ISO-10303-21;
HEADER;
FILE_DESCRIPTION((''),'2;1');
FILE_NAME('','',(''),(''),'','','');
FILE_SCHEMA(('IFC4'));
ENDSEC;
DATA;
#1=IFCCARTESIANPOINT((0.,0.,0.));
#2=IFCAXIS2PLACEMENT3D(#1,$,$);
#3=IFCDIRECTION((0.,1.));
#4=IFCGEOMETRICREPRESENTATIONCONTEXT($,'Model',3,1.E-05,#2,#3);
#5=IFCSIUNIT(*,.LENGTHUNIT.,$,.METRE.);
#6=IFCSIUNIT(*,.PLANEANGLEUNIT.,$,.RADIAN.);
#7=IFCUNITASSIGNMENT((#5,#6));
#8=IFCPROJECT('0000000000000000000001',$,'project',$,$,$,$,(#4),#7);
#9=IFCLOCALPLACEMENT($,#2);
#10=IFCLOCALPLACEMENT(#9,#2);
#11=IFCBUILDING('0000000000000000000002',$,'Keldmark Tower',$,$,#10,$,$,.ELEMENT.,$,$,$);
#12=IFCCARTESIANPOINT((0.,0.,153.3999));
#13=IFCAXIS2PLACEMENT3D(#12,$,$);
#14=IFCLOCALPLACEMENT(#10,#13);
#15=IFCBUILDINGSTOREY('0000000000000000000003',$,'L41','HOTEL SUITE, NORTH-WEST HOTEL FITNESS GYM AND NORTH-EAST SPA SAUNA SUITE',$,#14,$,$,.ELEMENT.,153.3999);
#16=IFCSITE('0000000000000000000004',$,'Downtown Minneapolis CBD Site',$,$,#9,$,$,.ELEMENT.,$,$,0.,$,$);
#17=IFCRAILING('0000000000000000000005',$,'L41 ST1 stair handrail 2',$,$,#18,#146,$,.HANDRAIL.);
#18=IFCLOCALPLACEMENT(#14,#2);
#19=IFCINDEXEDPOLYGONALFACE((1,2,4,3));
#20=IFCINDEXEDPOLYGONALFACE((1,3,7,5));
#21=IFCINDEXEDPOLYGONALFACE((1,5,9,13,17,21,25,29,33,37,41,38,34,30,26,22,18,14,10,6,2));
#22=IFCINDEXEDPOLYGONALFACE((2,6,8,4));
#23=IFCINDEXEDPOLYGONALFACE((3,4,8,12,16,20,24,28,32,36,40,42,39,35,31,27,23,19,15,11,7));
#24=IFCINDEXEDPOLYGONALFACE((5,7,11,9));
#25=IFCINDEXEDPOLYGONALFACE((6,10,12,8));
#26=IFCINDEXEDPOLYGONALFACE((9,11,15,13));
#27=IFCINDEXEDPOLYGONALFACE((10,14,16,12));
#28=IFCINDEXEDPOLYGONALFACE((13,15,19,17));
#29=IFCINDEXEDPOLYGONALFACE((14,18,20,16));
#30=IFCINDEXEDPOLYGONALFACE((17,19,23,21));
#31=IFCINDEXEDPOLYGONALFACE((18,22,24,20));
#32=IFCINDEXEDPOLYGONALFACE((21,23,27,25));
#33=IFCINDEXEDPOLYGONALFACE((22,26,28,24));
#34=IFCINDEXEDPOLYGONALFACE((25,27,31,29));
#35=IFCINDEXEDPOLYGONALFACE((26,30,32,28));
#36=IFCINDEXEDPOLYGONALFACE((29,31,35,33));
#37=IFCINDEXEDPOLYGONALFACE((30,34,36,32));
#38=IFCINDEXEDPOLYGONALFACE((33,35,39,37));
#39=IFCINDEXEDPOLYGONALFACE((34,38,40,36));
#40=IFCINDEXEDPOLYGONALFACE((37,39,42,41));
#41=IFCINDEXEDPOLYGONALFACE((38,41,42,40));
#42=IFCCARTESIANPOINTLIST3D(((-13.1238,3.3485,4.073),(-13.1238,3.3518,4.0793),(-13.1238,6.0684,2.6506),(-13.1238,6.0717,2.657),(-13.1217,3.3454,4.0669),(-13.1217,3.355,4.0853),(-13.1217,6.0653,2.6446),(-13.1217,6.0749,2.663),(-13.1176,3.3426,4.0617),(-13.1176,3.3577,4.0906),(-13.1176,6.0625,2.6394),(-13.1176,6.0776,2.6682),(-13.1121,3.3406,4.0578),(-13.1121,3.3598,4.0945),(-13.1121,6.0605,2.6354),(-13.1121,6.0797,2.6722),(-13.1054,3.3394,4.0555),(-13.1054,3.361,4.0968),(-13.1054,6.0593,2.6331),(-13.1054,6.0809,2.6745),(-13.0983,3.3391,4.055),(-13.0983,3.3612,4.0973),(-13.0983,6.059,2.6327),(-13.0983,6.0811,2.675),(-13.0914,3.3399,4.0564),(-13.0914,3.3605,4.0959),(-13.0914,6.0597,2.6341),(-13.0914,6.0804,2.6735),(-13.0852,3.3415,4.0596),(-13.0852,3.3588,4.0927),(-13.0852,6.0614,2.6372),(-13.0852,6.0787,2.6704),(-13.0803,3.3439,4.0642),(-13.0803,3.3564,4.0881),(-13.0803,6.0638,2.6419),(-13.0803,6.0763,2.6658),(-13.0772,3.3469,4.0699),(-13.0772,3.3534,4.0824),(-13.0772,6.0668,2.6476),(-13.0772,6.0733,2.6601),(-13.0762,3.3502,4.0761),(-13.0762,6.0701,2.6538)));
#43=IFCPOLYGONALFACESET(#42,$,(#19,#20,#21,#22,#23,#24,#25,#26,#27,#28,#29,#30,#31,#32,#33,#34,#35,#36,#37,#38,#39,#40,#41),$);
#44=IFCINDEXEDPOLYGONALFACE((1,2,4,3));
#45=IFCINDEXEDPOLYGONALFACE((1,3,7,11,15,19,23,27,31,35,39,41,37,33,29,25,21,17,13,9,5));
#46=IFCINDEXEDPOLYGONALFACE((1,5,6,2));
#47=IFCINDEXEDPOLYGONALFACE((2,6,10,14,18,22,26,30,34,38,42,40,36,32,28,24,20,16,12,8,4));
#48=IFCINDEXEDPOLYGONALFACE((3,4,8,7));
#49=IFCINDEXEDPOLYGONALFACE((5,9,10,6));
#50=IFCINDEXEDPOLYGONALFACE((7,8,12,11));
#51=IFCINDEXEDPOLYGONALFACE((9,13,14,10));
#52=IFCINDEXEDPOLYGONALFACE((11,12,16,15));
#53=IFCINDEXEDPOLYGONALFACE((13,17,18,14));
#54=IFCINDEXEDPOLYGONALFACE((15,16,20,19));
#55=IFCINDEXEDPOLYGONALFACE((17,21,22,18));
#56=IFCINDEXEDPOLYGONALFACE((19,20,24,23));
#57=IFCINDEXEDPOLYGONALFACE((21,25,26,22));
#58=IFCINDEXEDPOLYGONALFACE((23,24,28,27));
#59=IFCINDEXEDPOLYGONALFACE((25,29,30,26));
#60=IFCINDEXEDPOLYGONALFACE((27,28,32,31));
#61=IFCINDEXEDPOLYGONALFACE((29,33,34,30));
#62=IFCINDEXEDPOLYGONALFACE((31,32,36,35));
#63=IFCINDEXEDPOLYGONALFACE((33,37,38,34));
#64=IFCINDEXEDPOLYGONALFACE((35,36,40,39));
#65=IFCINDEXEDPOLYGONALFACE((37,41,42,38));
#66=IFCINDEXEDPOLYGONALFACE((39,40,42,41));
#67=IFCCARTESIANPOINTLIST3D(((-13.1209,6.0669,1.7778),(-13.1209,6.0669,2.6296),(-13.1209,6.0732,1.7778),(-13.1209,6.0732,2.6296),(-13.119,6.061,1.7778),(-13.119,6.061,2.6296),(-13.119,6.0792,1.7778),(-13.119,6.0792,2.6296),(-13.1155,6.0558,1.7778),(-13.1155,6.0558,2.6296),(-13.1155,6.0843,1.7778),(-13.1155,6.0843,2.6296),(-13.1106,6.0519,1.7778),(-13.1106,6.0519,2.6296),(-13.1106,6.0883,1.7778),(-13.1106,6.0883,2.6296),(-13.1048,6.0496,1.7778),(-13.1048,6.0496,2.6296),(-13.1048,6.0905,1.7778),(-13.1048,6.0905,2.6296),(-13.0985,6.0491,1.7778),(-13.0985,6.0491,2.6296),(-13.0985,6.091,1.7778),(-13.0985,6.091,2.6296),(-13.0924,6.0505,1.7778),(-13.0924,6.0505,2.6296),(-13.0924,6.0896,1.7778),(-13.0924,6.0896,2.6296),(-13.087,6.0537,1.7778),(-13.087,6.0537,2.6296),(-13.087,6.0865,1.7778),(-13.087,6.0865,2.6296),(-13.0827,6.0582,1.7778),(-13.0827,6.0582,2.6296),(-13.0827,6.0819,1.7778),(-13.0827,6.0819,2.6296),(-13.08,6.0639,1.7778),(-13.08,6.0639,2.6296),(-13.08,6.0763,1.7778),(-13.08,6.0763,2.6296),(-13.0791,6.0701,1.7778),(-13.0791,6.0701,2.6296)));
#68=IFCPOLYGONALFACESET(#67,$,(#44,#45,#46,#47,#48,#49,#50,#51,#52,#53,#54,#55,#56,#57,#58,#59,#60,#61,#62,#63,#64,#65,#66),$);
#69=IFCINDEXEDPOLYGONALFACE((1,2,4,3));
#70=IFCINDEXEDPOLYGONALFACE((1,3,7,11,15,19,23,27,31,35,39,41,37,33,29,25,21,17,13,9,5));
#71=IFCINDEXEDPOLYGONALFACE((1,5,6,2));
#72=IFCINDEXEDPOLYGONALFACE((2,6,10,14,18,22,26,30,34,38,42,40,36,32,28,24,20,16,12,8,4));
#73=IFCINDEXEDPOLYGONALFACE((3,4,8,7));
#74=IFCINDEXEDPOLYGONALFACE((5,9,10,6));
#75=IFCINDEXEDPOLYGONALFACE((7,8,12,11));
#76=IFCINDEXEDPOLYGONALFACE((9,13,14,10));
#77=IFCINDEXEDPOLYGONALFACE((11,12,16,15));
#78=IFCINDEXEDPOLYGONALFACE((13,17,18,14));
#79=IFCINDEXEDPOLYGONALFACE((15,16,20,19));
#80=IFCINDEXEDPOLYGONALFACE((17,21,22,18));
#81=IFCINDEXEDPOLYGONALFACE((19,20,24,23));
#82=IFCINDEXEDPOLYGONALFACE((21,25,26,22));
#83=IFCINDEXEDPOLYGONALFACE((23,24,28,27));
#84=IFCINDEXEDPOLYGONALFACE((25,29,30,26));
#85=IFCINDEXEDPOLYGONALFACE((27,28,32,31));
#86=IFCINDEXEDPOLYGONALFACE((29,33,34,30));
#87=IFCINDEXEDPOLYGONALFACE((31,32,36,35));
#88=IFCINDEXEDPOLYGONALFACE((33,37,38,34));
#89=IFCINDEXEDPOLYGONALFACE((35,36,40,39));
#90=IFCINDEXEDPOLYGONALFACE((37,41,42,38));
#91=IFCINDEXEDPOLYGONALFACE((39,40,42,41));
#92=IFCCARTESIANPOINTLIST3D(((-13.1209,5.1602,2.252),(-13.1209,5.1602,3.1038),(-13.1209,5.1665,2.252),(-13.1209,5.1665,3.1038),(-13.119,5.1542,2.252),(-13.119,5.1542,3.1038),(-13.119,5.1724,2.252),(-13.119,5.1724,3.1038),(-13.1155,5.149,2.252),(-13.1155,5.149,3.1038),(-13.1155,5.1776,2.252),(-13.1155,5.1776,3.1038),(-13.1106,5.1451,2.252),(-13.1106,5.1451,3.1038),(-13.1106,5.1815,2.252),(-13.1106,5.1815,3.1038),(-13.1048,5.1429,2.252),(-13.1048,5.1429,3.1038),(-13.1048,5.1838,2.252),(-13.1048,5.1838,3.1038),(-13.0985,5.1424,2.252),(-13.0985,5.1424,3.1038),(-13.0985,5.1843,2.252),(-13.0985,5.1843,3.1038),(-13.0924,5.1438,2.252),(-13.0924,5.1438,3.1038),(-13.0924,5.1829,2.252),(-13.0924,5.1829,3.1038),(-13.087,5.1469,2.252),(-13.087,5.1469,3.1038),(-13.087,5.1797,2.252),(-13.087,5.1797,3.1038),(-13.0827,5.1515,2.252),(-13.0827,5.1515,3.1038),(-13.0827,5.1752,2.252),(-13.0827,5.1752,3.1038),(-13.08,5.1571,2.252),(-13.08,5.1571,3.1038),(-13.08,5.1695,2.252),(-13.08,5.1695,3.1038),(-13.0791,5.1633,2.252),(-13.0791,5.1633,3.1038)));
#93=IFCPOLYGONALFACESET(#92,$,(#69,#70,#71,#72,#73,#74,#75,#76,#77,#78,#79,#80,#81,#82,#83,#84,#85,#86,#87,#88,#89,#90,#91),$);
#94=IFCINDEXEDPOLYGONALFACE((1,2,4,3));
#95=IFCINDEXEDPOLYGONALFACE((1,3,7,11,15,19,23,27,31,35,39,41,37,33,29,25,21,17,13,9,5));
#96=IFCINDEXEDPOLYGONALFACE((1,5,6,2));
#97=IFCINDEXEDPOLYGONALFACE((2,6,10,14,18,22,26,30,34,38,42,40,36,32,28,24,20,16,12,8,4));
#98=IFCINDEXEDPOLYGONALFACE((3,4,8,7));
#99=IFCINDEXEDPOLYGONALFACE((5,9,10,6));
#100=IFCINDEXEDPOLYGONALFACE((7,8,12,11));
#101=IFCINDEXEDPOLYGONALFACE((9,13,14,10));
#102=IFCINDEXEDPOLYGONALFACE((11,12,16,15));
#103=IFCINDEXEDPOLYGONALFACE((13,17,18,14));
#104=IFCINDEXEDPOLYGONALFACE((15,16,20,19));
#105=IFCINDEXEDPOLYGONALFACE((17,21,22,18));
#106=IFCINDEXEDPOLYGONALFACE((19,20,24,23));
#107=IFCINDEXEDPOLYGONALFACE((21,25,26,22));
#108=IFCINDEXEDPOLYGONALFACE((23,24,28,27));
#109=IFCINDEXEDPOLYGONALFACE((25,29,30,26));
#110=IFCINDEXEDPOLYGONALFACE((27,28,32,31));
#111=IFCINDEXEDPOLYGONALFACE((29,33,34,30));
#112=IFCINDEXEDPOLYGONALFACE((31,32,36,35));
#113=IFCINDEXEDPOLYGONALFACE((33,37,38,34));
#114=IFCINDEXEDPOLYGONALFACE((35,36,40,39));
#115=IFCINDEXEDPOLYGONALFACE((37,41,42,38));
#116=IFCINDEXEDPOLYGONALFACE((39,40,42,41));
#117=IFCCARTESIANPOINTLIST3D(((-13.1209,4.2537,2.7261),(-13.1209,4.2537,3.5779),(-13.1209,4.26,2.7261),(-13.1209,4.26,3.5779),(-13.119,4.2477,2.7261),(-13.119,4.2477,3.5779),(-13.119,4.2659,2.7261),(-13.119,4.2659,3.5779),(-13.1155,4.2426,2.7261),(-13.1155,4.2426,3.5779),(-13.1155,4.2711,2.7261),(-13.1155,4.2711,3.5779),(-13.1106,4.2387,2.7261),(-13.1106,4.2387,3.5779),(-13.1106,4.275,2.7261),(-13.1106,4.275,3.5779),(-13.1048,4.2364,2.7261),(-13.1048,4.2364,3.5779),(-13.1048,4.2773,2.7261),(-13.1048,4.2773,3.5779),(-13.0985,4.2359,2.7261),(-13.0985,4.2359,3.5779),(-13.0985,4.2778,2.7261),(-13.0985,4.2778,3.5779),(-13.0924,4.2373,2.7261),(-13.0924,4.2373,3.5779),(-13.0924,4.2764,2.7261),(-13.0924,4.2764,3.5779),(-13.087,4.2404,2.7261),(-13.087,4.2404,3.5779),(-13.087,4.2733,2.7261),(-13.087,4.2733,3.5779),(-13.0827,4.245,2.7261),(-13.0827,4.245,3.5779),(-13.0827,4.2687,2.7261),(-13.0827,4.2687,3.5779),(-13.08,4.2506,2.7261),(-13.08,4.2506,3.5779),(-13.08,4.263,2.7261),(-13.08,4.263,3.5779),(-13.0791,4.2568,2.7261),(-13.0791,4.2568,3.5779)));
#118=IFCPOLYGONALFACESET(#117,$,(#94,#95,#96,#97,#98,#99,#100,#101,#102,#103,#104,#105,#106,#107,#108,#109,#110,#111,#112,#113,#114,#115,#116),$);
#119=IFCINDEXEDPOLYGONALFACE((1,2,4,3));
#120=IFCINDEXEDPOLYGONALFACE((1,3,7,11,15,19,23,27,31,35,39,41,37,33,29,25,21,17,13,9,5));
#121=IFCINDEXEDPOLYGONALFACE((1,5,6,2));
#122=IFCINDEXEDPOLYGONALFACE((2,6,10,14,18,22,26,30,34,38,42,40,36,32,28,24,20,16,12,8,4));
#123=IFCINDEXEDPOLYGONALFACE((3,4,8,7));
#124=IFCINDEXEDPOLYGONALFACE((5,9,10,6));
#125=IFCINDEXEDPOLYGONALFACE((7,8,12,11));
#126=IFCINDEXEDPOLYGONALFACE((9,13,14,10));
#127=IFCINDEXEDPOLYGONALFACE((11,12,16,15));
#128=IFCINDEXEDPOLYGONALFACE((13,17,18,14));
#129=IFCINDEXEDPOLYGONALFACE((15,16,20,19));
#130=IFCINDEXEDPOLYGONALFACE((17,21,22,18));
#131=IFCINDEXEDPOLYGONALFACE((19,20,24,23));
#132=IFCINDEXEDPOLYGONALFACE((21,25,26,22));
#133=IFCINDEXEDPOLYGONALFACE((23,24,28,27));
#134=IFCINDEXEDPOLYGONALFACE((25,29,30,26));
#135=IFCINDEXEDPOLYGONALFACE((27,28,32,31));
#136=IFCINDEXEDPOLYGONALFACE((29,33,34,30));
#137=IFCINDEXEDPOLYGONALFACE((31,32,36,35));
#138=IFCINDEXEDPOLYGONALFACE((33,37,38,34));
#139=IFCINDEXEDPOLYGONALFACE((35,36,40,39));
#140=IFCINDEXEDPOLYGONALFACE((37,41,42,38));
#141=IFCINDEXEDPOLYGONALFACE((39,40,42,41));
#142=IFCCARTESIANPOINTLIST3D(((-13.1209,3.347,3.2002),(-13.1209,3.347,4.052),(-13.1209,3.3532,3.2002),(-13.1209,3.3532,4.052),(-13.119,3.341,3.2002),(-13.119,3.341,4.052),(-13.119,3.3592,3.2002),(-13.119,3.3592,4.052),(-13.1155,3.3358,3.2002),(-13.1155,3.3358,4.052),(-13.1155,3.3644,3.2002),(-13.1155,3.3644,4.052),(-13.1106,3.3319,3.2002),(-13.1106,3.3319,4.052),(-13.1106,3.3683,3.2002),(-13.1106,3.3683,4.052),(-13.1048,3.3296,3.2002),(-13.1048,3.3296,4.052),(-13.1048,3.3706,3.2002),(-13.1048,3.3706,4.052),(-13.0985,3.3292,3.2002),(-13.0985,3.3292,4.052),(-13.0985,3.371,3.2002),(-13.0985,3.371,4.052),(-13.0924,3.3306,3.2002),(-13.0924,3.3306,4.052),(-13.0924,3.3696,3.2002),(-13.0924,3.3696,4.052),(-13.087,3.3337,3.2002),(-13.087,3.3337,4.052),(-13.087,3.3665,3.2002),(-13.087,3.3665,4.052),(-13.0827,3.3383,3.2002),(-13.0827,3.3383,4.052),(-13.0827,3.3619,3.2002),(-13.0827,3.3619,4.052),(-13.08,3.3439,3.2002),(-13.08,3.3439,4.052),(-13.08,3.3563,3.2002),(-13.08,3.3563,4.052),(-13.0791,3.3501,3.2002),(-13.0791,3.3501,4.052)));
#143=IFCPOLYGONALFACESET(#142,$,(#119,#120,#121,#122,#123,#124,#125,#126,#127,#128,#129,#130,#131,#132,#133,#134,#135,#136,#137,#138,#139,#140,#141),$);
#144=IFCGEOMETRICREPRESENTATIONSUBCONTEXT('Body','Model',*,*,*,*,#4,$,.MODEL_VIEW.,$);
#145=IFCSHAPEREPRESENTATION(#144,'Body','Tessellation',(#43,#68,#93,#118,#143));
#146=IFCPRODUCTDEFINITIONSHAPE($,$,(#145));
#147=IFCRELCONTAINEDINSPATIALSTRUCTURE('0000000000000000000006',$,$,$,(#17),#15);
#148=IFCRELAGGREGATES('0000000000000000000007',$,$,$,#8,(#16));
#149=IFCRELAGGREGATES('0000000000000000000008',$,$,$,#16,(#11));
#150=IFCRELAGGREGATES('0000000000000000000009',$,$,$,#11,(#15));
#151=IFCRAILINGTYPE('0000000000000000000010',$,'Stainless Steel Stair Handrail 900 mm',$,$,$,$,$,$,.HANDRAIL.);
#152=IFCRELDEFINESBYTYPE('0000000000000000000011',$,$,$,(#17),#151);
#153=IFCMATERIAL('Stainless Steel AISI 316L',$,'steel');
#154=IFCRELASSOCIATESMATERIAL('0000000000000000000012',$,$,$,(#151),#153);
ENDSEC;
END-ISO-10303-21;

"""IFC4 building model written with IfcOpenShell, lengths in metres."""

from ifc_helpers import new_model, si_unit, direction, frame, origin, origin_2d, place, context, subcontext, project, spatial, circle, extrude, material, type_object, element, save


model = new_model("IFC4")

# Units and contexts
model_context = context("Model", 3, precision=1e-05, world=origin(), true_north=direction((0.0, 1.0)))
body_context = subcontext(model_context, "Body", "Model", "MODEL_VIEW")
ifc_project = project(units=[si_unit("LENGTHUNIT", "METRE"), si_unit("PLANEANGLEUNIT", "RADIAN")], contexts=[model_context])

# Site, building, storey
site_placement = place(None, origin())
site = spatial("IfcSite", under=ifc_project, at=site_placement, Name="Downtown Minneapolis CBD Site", CompositionType="ELEMENT", RefElevation=0.0)
building_placement = place(site_placement, origin())
building = spatial("IfcBuilding", under=site, at=building_placement, Name="Keldmark Tower", CompositionType="ELEMENT")
storey_placement = place(building_placement, frame((0.0, 0.0, 153.3999)))
storey = spatial("IfcBuildingStorey", under=building, at=storey_placement, Name="L41", Description="HOTEL SUITE, NORTH-WEST HOTEL FITNESS GYM AND NORTH-EAST SPA SAUNA SUITE", CompositionType="ELEMENT", Elevation=153.3999)

# Railing
ifc_material_1 = material(Name="Stainless Steel AISI 316L", Category="steel")
railing_type_1 = type_object("IfcRailingType", Name="Stainless Steel Stair Handrail 900 mm", PredefinedType="HANDRAIL", material=ifc_material_1)
railing_1_placement = place(storey_placement, frame((-13.1001, 6.0701, 1.7778)))
element("IfcRailing", 1, at=railing_1_placement, inside=storey, type_object=railing_type_1, Name="L41 ST1 stair handrail 2", PredefinedType="HANDRAIL", context=body_context, shape_type="SweptSolid", body=[
    extrude(circle(Radius=0.0239, at=origin_2d()), frame((0.0, 0.0, 0.876), z_axis=(0.0, -0.88615, 0.463398), x_axis=(1.0, 0.0, 0.0)), (0.0, 0.0, 1.0), 3.0693),
    extrude(circle(Radius=0.021, at=origin_2d()), origin(), (0.0, 0.0, 1.0), 0.8518),
    extrude(circle(Radius=0.021, at=origin_2d()), frame((0.0, -0.9067, 0.4741)), (0.0, 0.0, 1.0), 0.8518),
    extrude(circle(Radius=0.021, at=origin_2d()), frame((0.0, -1.8132, 0.9482)), (0.0, 0.0, 1.0), 0.8518),
    extrude(circle(Radius=0.021, at=origin_2d()), frame((0.0, -2.72, 1.4224)), (0.0, 0.0, 1.0), 0.8518),
])

save(model, "model.ifc")
